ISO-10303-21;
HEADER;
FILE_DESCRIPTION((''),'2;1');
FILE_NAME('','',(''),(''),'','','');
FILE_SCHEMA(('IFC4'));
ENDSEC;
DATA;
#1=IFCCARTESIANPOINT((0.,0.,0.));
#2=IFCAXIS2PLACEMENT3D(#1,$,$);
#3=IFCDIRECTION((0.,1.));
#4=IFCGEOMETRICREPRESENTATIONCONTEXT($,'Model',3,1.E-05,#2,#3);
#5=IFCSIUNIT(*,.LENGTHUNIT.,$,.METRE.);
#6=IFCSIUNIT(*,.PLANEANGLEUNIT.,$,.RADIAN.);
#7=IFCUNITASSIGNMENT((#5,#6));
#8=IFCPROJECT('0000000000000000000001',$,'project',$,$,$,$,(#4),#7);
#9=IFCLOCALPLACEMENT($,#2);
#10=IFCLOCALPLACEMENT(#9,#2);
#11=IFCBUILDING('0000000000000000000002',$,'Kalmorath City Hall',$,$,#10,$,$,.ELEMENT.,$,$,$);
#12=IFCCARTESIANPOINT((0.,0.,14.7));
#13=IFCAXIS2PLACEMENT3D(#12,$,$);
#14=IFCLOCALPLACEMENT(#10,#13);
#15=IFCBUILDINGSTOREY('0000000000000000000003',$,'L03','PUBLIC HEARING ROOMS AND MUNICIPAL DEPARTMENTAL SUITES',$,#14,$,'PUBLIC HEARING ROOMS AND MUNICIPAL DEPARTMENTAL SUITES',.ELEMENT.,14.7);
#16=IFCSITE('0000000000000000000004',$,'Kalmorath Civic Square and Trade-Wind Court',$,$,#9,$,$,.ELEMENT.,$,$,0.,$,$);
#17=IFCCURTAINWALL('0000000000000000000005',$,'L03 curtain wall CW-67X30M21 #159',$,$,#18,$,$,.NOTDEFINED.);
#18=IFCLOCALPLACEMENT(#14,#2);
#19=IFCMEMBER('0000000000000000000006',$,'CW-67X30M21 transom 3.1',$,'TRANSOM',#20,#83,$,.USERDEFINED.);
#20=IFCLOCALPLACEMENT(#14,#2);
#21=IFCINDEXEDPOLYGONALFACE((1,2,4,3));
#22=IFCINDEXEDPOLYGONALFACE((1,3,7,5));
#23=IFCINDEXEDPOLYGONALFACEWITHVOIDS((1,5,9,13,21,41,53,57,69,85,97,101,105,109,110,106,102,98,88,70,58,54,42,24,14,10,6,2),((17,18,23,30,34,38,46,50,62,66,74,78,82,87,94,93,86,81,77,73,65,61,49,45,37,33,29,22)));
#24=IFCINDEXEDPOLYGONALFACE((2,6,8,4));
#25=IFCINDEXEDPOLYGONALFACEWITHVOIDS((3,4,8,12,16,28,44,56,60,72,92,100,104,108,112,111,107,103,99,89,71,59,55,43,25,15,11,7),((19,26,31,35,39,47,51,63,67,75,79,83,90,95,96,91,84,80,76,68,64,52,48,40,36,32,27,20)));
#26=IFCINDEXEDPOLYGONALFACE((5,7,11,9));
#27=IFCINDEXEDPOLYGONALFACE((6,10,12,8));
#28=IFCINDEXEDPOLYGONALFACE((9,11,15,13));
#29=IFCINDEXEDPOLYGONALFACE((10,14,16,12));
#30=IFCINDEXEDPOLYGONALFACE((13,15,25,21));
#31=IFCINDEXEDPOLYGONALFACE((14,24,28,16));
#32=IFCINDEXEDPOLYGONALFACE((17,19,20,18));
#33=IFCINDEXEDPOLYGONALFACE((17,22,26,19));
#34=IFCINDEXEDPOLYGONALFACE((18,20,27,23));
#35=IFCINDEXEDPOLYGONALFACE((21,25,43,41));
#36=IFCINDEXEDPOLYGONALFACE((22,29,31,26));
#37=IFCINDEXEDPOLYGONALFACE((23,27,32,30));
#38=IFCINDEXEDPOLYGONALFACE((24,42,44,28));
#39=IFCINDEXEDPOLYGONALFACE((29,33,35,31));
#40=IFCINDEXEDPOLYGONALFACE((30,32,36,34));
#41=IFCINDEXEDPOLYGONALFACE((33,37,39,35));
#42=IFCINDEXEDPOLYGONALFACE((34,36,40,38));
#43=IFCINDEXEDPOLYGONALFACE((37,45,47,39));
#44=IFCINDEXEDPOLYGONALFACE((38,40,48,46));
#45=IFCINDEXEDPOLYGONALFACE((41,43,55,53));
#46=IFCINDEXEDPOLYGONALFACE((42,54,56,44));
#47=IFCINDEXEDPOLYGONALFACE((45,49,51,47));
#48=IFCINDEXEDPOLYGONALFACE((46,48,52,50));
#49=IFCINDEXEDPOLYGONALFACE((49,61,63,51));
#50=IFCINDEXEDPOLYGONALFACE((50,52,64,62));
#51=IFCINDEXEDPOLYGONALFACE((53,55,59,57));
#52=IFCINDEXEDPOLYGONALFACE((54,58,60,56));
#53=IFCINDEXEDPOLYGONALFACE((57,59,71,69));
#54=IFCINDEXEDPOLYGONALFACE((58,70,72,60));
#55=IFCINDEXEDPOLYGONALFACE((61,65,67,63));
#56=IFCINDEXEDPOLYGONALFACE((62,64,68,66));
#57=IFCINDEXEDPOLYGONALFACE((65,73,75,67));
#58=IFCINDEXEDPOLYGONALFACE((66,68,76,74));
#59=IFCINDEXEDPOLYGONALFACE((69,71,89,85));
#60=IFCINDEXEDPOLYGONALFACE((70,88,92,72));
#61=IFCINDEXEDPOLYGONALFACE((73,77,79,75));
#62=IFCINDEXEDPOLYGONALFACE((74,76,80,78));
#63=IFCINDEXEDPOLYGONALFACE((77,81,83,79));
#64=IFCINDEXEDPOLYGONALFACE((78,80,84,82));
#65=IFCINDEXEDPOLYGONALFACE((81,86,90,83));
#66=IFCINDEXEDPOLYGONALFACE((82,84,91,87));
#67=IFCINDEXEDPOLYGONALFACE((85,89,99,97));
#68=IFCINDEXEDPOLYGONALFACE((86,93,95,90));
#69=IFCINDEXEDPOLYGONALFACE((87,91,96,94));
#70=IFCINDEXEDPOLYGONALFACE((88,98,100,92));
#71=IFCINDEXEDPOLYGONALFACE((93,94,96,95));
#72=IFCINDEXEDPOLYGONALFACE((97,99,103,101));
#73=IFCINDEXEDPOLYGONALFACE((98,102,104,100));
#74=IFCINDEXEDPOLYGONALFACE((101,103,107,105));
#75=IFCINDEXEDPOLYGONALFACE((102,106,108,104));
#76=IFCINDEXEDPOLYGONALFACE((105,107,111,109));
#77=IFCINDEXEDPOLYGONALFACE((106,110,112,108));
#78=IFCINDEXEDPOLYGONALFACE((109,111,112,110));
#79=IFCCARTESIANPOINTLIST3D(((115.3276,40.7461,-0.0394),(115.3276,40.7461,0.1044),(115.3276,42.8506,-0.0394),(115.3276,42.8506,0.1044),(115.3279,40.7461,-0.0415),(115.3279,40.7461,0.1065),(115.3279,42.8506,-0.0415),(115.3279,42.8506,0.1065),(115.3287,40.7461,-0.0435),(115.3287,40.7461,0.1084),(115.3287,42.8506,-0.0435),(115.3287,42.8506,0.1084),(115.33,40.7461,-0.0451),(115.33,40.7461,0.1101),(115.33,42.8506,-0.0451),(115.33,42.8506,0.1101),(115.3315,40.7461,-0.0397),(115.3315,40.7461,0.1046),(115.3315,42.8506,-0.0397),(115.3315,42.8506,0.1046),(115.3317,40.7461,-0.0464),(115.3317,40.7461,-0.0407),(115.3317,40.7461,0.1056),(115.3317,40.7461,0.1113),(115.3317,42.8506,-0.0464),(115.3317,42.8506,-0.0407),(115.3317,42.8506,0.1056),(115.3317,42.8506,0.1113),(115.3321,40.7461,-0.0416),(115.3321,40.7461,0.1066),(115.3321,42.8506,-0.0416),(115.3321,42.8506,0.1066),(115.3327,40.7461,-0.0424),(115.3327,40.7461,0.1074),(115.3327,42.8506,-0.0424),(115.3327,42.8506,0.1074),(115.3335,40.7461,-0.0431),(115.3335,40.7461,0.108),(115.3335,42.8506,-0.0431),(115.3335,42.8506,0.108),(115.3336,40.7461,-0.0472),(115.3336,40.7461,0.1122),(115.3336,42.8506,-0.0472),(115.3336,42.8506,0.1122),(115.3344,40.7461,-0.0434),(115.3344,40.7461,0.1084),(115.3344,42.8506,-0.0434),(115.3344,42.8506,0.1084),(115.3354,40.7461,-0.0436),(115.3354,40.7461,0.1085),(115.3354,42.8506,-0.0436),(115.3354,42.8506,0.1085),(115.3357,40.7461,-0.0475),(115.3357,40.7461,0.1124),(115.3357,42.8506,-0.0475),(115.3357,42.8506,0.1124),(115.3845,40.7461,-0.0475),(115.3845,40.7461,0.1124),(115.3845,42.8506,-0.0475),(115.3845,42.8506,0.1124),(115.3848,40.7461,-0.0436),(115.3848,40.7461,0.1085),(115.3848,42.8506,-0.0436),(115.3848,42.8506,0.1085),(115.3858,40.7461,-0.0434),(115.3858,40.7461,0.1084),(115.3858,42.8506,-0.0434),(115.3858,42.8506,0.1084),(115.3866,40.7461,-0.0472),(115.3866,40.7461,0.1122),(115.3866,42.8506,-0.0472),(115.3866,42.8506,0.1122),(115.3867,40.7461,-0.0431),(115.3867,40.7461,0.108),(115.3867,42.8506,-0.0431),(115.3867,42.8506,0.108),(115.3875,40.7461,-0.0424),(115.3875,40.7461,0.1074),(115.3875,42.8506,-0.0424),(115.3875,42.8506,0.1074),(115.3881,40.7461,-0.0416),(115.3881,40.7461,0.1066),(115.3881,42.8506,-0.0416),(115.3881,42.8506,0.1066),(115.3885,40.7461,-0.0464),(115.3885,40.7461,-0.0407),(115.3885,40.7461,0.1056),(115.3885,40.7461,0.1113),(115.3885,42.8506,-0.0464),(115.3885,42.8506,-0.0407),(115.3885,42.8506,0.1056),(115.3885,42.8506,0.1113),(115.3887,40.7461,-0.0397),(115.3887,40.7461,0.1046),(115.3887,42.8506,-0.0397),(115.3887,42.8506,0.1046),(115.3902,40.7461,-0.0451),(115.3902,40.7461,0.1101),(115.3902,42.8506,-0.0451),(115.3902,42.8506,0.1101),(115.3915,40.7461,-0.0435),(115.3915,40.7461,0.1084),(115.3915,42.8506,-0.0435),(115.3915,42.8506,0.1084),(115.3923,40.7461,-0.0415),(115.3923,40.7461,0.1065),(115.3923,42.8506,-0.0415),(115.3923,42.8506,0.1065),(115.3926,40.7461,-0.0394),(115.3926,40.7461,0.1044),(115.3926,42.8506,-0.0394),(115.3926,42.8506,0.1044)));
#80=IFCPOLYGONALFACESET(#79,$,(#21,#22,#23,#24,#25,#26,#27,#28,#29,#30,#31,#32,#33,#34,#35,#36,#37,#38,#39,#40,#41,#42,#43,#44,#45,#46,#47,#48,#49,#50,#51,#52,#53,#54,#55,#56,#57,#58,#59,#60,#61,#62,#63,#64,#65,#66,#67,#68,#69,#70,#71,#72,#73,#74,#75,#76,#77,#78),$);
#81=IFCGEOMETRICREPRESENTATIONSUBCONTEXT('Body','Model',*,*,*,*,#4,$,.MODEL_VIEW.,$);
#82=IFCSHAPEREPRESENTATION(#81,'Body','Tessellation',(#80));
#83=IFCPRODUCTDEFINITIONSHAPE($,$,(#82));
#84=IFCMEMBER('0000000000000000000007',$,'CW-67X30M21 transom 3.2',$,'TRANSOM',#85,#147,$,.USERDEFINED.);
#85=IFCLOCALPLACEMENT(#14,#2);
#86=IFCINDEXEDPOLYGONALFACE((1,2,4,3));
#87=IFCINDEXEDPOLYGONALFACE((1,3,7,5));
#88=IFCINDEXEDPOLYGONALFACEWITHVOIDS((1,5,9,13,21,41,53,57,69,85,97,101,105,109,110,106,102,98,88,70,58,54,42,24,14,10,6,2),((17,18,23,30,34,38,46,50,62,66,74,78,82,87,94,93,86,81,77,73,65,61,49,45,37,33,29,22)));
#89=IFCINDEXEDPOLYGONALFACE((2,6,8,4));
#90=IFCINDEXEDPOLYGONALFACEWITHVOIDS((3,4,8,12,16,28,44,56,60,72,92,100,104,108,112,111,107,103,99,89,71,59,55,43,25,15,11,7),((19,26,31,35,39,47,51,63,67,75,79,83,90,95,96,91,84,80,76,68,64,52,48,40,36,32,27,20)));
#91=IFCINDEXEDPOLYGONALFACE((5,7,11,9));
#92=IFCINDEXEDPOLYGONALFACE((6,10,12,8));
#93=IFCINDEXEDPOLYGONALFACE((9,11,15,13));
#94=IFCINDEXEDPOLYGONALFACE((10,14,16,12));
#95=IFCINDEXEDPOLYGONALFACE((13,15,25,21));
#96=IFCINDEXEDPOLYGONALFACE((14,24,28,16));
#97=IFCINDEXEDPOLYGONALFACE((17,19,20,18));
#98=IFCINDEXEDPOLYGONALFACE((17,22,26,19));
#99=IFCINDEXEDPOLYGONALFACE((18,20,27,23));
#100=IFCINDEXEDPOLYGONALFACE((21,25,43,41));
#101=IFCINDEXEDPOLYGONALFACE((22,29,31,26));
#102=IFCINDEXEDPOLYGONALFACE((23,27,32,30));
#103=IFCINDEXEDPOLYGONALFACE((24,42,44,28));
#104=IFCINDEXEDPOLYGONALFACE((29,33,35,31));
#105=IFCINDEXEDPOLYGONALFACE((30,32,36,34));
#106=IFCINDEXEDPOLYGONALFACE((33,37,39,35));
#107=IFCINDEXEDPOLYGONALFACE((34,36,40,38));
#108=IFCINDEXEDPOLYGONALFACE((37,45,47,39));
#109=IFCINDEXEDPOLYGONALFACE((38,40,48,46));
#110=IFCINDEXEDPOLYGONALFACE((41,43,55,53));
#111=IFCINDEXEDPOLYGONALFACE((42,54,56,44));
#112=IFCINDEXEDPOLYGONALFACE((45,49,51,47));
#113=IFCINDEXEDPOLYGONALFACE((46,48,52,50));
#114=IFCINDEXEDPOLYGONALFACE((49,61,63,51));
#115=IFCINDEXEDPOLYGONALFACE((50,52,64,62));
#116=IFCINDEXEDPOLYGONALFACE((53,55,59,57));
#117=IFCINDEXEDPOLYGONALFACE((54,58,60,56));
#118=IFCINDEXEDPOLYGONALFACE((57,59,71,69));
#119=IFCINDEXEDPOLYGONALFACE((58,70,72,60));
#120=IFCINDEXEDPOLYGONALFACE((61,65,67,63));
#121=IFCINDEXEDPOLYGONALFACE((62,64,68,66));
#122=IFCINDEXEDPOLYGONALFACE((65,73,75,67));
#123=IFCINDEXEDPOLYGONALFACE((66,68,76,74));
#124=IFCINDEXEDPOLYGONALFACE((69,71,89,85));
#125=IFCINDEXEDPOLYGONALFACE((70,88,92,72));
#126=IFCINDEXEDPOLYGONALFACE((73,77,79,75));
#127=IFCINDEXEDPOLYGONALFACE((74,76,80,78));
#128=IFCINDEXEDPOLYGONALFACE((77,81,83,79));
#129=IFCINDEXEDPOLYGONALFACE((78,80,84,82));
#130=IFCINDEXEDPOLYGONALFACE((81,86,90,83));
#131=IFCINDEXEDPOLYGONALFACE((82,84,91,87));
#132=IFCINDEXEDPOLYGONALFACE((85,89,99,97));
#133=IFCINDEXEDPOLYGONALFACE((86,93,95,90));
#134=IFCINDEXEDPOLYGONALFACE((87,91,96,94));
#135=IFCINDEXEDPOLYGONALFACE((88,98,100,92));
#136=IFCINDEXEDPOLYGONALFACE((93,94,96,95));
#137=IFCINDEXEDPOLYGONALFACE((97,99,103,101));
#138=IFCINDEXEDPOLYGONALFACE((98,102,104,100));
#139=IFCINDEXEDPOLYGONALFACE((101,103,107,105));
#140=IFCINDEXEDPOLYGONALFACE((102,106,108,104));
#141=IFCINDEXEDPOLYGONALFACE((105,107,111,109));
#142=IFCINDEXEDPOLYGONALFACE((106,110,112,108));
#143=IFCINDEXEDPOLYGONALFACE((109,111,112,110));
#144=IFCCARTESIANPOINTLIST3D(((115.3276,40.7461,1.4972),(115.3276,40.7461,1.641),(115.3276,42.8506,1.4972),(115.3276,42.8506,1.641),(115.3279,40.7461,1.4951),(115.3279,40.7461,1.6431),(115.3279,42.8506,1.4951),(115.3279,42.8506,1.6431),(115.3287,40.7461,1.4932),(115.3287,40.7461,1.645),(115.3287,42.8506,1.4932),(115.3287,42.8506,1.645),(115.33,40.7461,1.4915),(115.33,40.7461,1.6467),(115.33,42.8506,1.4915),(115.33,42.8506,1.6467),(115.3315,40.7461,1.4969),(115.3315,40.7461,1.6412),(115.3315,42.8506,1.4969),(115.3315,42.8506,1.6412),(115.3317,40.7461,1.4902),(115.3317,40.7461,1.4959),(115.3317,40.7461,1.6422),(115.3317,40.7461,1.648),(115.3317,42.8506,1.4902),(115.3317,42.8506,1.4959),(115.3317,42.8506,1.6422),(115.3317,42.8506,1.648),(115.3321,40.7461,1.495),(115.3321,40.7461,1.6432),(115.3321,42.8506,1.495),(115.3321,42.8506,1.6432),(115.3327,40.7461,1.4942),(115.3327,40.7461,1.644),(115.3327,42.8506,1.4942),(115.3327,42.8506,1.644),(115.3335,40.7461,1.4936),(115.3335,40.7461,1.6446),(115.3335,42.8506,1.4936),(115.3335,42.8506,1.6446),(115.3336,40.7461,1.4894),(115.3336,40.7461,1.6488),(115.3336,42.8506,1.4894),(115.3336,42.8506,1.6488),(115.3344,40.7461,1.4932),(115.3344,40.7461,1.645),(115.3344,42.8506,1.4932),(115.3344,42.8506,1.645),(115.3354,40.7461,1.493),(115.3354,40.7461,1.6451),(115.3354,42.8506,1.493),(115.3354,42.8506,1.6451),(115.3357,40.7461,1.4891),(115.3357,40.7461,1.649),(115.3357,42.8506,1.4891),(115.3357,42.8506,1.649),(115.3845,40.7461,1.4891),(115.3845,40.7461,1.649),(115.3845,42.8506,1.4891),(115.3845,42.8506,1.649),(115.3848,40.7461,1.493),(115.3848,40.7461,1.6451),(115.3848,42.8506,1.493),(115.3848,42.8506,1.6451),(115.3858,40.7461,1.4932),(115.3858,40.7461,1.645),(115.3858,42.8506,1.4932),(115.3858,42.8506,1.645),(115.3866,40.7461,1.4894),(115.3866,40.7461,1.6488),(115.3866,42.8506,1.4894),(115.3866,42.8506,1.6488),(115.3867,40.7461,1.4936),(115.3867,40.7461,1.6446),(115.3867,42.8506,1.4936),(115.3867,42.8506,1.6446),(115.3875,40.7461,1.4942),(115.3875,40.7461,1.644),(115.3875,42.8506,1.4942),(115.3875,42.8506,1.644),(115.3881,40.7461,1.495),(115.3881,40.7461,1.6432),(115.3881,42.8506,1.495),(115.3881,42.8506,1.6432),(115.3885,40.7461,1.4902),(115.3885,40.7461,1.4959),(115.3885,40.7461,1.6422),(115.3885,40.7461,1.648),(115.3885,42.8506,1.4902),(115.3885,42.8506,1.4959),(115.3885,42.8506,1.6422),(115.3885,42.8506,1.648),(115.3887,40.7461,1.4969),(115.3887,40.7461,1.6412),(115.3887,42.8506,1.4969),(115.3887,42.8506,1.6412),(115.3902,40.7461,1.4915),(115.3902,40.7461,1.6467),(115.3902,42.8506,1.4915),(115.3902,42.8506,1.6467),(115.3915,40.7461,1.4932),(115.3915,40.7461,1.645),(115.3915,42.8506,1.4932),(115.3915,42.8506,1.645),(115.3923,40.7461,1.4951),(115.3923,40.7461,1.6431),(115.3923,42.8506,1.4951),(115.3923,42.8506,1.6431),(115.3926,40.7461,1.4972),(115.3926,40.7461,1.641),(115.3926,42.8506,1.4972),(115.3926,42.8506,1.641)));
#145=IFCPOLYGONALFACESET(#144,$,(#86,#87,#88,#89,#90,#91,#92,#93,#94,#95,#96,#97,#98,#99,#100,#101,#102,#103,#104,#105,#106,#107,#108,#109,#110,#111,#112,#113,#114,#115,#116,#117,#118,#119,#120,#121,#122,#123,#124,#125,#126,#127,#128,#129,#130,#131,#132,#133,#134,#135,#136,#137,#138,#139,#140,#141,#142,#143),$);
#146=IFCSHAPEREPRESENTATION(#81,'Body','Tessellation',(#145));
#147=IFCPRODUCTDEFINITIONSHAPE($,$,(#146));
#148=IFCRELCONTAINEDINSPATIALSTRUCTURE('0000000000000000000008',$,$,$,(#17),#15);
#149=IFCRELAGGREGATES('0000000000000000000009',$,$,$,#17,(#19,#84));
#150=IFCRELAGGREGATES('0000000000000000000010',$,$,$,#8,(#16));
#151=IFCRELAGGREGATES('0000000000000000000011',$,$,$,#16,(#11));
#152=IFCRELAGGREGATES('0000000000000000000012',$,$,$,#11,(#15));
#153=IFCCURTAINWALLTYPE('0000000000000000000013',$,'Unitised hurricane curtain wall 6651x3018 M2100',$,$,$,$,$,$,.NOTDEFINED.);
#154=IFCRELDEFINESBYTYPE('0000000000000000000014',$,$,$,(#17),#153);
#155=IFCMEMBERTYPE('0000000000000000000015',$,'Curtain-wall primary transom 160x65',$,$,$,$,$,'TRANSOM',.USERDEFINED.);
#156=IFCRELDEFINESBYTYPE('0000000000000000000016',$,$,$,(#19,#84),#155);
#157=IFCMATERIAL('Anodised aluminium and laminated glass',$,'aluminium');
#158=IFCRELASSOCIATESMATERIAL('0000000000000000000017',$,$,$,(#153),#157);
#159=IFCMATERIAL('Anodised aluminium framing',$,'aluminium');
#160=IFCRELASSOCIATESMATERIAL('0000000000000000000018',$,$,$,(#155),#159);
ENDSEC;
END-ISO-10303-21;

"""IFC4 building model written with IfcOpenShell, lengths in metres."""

from ifc_helpers import new_model, si_unit, direction, frame, origin, origin_2d, place, context, subcontext, project, spatial, hollow_rectangle, extrude, material, material_profile, profile_set, type_object, element, aggregate, save


model = new_model("IFC4")

# Units and contexts
model_context = context("Model", 3, precision=1e-05, world=origin(), true_north=direction((0.0, 1.0)))
body_context = subcontext(model_context, "Body", "Model", "MODEL_VIEW")
ifc_project = project(units=[si_unit("LENGTHUNIT", "METRE"), si_unit("PLANEANGLEUNIT", "RADIAN")], contexts=[model_context])

# Site, building, storey
site_placement = place(None, origin())
site = spatial("IfcSite", under=ifc_project, at=site_placement, Name="Kalmorath Civic Square and Trade-Wind Court", CompositionType="ELEMENT", RefElevation=0.0)
building_placement = place(site_placement, origin())
building = spatial("IfcBuilding", under=site, at=building_placement, Name="Kalmorath City Hall", CompositionType="ELEMENT")
storey_placement = place(building_placement, frame((0.0, 0.0, 14.7)))
storey = spatial("IfcBuildingStorey", under=building, at=storey_placement, Name="L03", Description="PUBLIC HEARING ROOMS AND MUNICIPAL DEPARTMENTAL SUITES", LongName="PUBLIC HEARING ROOMS AND MUNICIPAL DEPARTMENTAL SUITES", CompositionType="ELEMENT", Elevation=14.7)

# Curtain wall, members
ifc_material_1 = material(Name="Anodised aluminium and laminated glass", Category="aluminium")
curtain_wall_type = type_object("IfcCurtainWallType", Name="Unitised hurricane curtain wall 6651x3018 M2100", PredefinedType="NOTDEFINED", material=ifc_material_1)
curtain_wall_placement = place(storey_placement, origin())
curtain_wall = element("IfcCurtainWall", 1, at=curtain_wall_placement, inside=storey, type_object=curtain_wall_type, Name="L03 curtain wall CW-67X30M21 #159", PredefinedType="NOTDEFINED")
ifc_material_2 = material(Name="Anodised aluminium framing", Category="aluminium")
ifc_material_profile_1 = material_profile(ifc_material_2, hollow_rectangle(XDim=0.0649, YDim=0.1599, WallThickness=0.0039, InnerFilletRadius=0.0039, OuterFilletRadius=0.0081, at=origin_2d()), Name="ALU-TRN-160X65X4")
ifc_profile_set_1 = profile_set([ifc_material_profile_1], Name="Anodised aluminium framing")
member_type_1 = type_object("IfcMemberType", Name="Curtain-wall primary transom 160x65", ElementType="TRANSOM", PredefinedType="USERDEFINED", material=ifc_profile_set_1)
member_1_placement = place(storey_placement, frame((115.3601, 40.7461, 0.0325), z_axis=(0.0, 1.0, 0.0), x_axis=(-1.0, 0.0, 0.0)))
member_1 = element("IfcMember", 2, at=member_1_placement, type_object=member_type_1, Name="CW-67X30M21 transom 3.1", ObjectType="TRANSOM", PredefinedType="USERDEFINED", context=body_context, shape_type="SweptSolid", body=[
    extrude(hollow_rectangle(XDim=0.0649, YDim=0.1599, WallThickness=0.0039, InnerFilletRadius=0.0039, OuterFilletRadius=0.0081, at=origin_2d()), origin(), (0.0, 0.0, 1.0), 2.1045),
])
member_2_placement = place(storey_placement, frame((115.3601, 40.7461, 1.5691), z_axis=(0.0, 1.0, 0.0), x_axis=(-1.0, 0.0, 0.0)))
member_2 = element("IfcMember", 3, at=member_2_placement, type_object=member_type_1, Name="CW-67X30M21 transom 3.2", ObjectType="TRANSOM", PredefinedType="USERDEFINED", context=body_context, shape_type="SweptSolid", body=[
    extrude(hollow_rectangle(XDim=0.0649, YDim=0.1599, WallThickness=0.0039, InnerFilletRadius=0.0039, OuterFilletRadius=0.0081, at=origin_2d()), origin(), (0.0, 0.0, 1.0), 2.1045),
])

aggregate(curtain_wall, [member_1, member_2])

save(model, "model.ifc")
